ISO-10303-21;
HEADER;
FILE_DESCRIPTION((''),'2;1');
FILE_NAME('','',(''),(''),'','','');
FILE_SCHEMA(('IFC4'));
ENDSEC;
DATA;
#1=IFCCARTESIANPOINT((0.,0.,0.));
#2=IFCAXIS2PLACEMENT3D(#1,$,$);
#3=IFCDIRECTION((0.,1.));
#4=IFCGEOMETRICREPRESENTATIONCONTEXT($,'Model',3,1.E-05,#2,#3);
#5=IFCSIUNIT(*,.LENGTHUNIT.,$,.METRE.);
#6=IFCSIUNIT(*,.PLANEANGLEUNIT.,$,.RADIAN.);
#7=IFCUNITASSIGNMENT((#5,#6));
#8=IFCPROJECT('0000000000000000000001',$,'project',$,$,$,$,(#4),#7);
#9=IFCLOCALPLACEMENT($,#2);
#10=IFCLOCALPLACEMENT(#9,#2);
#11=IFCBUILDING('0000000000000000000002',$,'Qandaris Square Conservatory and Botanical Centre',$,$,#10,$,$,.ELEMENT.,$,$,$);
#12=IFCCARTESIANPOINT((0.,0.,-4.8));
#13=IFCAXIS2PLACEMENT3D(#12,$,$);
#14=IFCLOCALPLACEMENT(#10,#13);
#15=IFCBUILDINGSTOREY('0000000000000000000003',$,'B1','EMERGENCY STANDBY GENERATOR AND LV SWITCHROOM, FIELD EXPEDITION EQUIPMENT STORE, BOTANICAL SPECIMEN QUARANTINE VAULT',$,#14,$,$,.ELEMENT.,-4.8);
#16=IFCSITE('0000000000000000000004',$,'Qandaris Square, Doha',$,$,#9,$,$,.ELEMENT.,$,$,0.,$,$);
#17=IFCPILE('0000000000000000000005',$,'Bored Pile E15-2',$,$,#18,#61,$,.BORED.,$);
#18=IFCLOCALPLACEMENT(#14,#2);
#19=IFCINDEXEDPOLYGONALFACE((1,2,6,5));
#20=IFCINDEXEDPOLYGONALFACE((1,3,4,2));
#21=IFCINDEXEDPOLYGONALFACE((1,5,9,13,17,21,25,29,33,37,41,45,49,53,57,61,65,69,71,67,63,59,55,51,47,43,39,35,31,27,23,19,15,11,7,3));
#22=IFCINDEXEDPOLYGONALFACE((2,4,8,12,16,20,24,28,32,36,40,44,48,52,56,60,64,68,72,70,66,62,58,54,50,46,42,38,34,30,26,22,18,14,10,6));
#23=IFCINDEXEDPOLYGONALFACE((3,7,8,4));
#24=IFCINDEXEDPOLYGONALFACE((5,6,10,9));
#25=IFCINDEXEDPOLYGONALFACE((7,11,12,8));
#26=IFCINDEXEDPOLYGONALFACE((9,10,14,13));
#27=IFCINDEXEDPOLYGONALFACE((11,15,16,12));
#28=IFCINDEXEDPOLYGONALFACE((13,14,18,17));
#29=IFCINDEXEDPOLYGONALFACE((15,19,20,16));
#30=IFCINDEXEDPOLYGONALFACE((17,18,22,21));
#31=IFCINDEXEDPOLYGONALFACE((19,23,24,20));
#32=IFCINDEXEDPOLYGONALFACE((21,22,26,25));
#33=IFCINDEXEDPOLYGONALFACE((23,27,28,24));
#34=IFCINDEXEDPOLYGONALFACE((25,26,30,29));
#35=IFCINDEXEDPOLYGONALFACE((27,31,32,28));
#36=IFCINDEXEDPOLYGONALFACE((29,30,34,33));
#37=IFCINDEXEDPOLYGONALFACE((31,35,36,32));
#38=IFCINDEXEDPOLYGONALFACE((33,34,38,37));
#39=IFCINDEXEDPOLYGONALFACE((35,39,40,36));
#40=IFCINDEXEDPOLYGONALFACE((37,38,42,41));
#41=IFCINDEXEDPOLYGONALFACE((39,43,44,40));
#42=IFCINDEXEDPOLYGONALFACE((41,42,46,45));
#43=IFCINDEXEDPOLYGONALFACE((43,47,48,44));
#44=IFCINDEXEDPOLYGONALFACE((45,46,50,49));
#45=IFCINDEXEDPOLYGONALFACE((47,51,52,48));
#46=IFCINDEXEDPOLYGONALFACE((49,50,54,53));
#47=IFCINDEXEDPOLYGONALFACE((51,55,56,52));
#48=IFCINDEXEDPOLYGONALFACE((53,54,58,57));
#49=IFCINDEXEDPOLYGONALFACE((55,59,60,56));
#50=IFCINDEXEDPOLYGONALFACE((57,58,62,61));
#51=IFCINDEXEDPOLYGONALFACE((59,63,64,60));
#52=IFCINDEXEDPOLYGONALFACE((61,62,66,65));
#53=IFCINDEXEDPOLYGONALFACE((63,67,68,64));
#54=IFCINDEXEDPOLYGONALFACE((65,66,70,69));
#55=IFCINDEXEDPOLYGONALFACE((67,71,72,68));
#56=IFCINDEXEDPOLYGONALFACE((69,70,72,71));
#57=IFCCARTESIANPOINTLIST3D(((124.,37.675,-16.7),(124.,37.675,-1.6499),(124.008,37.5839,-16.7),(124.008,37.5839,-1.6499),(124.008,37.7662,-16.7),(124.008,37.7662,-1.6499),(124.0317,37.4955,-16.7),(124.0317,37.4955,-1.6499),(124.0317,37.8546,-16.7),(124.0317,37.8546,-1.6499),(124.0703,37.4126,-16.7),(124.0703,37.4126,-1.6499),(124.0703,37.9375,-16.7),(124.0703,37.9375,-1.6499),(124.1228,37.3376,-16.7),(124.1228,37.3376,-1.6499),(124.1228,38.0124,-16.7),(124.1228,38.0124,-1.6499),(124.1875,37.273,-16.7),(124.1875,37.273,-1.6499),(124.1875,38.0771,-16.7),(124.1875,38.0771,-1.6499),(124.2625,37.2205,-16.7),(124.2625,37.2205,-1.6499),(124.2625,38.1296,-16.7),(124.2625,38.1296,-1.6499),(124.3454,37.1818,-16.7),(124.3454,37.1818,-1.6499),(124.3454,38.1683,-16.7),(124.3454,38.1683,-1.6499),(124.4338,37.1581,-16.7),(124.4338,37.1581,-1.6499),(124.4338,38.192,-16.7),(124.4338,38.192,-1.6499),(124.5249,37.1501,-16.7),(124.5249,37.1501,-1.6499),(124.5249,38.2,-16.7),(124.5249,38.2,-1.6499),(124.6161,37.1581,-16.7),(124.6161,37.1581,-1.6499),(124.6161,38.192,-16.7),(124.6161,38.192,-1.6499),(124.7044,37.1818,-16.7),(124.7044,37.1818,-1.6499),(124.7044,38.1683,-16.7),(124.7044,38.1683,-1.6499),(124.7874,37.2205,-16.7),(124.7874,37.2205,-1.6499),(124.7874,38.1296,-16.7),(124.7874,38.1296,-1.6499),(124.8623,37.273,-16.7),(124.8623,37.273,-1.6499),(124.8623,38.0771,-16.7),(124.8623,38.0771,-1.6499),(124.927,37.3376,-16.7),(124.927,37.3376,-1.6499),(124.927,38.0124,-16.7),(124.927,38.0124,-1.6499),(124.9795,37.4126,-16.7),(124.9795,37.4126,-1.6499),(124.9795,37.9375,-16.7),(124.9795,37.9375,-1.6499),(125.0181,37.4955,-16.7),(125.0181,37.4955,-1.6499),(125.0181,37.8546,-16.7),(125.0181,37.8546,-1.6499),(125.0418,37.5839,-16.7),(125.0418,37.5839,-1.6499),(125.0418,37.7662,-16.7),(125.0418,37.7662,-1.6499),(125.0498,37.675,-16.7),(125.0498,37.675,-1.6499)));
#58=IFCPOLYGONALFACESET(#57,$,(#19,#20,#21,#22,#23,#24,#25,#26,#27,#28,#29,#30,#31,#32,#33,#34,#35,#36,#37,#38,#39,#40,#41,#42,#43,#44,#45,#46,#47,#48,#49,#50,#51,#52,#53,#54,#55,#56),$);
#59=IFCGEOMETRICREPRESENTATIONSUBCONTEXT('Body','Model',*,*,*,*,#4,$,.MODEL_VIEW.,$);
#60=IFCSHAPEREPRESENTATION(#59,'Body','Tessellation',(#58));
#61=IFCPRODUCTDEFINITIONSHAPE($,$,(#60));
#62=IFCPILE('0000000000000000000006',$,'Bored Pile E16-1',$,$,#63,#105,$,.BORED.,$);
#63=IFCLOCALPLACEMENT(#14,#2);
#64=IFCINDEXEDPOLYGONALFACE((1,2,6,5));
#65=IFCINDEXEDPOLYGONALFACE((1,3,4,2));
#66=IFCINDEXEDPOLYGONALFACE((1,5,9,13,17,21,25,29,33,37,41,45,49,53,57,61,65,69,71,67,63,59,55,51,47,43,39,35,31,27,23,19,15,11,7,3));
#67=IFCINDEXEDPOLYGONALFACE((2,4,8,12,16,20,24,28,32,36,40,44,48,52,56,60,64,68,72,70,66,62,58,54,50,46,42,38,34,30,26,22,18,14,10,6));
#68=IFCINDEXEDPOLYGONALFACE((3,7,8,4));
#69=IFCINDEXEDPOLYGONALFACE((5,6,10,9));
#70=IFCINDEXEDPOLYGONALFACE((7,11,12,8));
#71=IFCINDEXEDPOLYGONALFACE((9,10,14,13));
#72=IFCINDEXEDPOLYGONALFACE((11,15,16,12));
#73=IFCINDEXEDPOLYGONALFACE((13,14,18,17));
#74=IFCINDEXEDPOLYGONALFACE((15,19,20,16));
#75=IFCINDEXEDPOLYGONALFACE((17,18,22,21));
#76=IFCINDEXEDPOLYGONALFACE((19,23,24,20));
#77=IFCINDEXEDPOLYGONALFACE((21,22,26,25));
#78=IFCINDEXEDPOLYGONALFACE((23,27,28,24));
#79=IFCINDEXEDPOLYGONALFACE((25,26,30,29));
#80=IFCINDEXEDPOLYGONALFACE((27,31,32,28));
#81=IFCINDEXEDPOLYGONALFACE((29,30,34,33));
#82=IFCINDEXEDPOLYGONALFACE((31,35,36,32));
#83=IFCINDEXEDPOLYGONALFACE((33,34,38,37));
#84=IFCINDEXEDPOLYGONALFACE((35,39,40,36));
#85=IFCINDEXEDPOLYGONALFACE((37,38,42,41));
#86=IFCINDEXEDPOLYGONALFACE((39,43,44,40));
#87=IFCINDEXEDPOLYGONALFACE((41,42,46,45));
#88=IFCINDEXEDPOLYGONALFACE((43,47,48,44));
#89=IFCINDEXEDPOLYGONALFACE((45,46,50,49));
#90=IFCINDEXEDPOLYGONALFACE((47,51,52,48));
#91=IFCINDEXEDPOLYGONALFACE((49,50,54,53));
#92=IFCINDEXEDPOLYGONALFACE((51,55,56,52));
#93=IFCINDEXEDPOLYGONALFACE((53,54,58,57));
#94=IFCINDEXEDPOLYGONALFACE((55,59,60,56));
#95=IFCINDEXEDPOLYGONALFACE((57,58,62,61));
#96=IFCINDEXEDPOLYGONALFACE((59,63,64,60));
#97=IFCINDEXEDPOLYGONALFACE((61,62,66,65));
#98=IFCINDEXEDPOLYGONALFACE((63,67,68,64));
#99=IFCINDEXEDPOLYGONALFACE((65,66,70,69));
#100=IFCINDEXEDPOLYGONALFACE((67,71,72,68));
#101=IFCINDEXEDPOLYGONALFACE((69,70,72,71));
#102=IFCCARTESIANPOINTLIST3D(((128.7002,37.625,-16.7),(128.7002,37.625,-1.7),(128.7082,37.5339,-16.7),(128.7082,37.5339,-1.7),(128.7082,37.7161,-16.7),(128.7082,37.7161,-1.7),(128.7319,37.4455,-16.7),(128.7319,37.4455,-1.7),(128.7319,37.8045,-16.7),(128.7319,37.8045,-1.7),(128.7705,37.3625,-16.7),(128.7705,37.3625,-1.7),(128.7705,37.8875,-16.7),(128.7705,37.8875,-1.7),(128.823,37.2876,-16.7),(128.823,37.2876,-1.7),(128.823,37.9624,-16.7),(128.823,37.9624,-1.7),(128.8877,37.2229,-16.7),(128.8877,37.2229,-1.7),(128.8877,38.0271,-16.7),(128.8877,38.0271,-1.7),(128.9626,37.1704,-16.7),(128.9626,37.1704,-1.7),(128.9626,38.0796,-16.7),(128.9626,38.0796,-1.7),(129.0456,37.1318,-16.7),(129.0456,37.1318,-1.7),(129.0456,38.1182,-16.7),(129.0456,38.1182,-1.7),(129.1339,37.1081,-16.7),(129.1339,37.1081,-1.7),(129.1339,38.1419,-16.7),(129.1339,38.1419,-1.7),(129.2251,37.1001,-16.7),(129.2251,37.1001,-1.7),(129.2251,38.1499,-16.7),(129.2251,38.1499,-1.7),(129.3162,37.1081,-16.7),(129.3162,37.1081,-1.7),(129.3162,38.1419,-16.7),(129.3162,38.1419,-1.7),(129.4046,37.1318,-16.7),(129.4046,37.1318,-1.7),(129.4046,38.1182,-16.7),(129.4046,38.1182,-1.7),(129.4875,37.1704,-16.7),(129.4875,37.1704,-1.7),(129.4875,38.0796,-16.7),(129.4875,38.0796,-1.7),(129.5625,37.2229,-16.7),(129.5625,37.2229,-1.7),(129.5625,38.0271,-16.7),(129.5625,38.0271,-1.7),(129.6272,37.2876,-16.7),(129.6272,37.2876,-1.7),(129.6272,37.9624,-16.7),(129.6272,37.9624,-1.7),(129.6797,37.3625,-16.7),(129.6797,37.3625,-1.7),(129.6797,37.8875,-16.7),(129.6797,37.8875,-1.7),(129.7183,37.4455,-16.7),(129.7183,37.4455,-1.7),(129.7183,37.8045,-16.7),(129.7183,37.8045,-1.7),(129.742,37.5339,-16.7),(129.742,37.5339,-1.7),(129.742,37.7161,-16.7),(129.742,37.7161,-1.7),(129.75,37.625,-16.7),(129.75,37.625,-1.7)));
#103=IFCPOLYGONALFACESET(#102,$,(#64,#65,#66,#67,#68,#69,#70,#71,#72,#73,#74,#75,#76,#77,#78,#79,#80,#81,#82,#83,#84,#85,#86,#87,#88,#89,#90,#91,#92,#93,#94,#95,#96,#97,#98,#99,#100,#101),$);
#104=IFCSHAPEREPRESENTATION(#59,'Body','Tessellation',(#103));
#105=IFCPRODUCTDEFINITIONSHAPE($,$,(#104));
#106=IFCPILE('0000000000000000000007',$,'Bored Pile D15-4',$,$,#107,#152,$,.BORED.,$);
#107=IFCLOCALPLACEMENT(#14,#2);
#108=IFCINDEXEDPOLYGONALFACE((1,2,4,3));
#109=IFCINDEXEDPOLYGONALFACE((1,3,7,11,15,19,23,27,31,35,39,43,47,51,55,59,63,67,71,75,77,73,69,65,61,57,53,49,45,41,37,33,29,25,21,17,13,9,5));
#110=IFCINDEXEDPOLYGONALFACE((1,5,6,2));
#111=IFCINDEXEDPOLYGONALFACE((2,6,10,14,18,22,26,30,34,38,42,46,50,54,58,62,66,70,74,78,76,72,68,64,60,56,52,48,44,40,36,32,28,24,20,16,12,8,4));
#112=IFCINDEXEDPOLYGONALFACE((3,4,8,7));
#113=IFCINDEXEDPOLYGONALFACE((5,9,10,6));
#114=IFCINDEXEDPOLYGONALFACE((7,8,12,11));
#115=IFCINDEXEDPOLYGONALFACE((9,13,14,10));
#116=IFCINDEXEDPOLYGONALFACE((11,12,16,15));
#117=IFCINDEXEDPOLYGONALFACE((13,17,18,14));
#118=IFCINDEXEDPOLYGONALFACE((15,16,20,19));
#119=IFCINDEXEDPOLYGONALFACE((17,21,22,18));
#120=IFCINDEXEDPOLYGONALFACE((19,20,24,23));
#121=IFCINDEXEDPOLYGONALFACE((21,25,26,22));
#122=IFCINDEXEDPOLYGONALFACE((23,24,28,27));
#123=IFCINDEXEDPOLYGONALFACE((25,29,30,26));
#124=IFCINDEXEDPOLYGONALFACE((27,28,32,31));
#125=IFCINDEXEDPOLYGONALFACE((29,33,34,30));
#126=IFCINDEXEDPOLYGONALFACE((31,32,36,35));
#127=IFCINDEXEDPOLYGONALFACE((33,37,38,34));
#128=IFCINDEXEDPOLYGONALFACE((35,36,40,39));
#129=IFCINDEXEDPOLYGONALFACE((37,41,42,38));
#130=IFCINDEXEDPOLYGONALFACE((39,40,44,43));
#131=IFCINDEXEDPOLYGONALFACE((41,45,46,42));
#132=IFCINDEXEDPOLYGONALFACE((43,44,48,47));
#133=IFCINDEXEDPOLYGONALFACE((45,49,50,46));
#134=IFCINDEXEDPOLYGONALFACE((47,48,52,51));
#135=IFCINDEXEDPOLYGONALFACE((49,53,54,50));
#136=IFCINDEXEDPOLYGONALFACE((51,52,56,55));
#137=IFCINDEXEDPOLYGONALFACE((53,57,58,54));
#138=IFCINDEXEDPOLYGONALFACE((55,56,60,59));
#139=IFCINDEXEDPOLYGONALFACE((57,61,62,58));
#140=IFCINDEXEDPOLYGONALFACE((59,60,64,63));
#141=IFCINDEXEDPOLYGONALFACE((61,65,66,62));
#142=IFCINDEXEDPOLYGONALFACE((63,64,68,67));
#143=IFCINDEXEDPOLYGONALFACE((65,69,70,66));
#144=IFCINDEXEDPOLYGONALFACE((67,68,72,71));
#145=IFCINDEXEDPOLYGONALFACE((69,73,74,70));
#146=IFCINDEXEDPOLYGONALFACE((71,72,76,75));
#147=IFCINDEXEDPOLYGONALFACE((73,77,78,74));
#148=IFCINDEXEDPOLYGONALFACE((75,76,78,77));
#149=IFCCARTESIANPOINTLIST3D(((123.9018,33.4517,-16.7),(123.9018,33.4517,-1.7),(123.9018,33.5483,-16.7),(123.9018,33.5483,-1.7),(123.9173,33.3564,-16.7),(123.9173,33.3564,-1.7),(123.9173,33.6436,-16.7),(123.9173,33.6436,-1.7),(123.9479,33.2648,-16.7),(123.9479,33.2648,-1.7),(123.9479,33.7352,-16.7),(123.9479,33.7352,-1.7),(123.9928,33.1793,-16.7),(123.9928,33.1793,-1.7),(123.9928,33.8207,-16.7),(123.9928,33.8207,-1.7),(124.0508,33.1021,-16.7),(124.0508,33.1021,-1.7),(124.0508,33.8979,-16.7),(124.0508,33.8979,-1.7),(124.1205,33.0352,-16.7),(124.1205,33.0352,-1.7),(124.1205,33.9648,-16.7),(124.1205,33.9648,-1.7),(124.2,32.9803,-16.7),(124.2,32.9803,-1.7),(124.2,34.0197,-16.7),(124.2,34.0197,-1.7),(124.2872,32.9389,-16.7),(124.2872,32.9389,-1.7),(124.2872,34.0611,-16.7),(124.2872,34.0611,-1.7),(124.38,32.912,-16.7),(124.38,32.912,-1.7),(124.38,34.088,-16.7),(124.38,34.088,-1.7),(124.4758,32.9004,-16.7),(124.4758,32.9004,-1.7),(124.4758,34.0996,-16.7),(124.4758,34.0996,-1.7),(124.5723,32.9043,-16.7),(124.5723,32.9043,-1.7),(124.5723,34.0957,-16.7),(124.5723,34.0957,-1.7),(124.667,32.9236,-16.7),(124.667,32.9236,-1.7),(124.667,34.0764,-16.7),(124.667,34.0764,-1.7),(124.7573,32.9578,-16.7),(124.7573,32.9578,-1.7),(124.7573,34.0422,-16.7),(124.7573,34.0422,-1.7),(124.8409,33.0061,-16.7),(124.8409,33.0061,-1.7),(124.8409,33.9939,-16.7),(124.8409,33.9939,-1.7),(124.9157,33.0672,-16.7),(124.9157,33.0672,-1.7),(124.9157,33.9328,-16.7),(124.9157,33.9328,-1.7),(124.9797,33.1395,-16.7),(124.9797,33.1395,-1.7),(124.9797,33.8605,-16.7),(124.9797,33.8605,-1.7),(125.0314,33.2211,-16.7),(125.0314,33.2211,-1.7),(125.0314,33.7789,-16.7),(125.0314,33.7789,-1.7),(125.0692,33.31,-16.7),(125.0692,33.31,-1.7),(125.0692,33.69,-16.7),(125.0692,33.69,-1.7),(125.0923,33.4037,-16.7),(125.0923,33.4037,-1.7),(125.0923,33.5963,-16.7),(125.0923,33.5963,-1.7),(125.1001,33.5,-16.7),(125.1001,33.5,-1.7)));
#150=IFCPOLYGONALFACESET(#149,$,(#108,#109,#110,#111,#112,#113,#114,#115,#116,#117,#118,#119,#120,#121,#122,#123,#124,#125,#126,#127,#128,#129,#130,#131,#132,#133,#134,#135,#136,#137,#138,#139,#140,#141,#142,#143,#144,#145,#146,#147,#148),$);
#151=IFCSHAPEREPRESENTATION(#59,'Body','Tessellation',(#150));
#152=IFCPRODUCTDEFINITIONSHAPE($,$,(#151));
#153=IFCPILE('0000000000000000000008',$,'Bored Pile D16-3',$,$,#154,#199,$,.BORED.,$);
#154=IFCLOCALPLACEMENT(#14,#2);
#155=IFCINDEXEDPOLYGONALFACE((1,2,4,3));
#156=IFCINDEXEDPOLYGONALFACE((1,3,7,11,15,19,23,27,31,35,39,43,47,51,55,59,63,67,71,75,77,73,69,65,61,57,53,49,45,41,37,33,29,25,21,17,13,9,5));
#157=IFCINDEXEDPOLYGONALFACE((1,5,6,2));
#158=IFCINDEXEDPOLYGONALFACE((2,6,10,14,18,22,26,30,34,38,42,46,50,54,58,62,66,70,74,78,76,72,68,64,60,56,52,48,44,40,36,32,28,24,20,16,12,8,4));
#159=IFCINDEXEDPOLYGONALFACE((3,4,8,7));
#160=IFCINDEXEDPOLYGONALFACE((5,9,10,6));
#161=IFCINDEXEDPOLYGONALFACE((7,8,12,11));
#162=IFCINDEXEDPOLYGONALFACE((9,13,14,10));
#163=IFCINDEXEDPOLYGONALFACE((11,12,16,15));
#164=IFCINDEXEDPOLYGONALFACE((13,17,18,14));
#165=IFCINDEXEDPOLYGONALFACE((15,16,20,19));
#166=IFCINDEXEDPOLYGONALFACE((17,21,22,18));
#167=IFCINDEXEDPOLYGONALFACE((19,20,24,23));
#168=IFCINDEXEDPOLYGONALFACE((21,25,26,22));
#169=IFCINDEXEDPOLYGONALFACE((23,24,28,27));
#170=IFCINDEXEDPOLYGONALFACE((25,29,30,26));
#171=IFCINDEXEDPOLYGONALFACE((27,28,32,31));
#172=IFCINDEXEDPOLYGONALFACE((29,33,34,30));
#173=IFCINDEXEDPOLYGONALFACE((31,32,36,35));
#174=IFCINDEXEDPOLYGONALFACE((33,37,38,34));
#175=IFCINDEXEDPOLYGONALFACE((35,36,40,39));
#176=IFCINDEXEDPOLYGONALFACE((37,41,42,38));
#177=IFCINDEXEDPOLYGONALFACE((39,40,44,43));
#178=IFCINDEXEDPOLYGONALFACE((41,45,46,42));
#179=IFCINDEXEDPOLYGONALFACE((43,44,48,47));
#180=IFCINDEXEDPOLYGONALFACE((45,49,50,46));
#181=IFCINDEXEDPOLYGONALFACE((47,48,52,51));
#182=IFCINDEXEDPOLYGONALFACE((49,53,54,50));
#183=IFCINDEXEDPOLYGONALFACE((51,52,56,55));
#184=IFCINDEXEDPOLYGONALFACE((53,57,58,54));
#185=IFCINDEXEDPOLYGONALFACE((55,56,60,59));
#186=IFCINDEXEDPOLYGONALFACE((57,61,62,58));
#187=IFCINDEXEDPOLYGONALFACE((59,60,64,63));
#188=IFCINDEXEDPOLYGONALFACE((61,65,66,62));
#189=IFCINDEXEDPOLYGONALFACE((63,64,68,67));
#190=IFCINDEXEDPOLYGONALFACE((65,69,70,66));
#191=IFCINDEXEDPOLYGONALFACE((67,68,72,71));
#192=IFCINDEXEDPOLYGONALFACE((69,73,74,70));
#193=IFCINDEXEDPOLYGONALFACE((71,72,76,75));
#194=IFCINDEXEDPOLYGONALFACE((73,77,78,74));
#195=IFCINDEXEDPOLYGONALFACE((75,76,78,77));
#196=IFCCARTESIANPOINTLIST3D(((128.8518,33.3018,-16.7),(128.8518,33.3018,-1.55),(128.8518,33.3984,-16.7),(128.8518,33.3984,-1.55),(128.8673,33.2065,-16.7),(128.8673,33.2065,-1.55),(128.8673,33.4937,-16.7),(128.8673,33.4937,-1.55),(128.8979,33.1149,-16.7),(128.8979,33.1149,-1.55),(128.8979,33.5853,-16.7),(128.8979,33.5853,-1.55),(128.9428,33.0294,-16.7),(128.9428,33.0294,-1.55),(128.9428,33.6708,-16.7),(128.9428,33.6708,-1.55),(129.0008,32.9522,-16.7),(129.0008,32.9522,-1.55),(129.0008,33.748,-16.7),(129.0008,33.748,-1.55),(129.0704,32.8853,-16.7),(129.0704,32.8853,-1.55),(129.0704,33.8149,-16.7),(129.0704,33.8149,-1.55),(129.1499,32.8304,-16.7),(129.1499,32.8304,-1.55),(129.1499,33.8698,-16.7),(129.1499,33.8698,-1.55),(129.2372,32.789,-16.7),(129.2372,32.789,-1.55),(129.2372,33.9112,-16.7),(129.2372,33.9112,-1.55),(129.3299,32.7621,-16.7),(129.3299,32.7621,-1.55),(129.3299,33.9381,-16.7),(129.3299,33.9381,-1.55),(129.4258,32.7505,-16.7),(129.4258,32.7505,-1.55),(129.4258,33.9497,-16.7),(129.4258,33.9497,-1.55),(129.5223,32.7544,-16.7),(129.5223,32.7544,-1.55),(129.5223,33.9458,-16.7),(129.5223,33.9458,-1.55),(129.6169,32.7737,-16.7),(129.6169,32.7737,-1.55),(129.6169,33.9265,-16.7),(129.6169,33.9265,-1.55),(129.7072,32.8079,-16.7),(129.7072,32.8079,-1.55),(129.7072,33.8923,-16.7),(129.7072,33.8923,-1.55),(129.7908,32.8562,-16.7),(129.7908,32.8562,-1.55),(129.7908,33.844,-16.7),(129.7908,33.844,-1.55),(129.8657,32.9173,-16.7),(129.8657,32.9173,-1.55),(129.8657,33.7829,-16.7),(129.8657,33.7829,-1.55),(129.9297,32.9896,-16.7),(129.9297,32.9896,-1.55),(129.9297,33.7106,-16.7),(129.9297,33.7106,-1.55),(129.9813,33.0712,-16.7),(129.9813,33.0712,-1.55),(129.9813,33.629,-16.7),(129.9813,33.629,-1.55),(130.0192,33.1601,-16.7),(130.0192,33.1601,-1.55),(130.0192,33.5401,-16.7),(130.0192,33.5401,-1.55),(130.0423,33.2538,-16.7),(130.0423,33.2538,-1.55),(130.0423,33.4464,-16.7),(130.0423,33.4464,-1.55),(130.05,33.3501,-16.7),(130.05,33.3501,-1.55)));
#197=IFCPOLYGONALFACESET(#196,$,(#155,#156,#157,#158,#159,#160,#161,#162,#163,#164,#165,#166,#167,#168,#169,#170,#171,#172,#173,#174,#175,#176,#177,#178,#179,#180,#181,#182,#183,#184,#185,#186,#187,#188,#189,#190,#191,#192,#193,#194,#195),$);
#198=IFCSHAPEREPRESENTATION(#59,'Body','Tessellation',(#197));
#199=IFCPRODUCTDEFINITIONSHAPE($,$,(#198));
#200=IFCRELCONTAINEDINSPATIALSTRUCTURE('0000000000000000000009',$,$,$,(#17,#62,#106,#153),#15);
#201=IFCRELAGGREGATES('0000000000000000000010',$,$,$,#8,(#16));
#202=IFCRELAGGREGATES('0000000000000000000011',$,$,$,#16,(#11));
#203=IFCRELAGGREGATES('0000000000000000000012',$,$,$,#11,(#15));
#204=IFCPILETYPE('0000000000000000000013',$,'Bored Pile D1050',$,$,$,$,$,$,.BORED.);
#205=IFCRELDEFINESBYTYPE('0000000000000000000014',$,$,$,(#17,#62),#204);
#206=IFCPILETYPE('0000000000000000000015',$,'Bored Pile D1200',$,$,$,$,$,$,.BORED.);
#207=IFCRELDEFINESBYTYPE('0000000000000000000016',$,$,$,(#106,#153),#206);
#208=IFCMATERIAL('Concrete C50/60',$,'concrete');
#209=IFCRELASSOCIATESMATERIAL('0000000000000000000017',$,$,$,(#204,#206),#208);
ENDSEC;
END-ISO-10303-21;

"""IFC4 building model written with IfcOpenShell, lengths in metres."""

from ifc_helpers import new_model, si_unit, direction, frame, origin, origin_2d, place, context, subcontext, project, spatial, circle, extrude, material, material_profile, profile_set, type_object, element, save


model = new_model("IFC4")

# Units and contexts
model_context = context("Model", 3, precision=1e-05, world=origin(), true_north=direction((0.0, 1.0)))
body_context = subcontext(model_context, "Body", "Model", "MODEL_VIEW")
ifc_project = project(units=[si_unit("LENGTHUNIT", "METRE"), si_unit("PLANEANGLEUNIT", "RADIAN")], contexts=[model_context])

# Site, building, storey
site_placement = place(None, origin())
site = spatial("IfcSite", under=ifc_project, at=site_placement, Name="Qandaris Square, Doha", CompositionType="ELEMENT", RefElevation=0.0)
building_placement = place(site_placement, origin())
building = spatial("IfcBuilding", under=site, at=building_placement, Name="Qandaris Square Conservatory and Botanical Centre", CompositionType="ELEMENT")
storey_placement = place(building_placement, frame((0.0, 0.0, -4.8)))
storey = spatial("IfcBuildingStorey", under=building, at=storey_placement, Name="B1", Description="EMERGENCY STANDBY GENERATOR AND LV SWITCHROOM, FIELD EXPEDITION EQUIPMENT STORE, BOTANICAL SPECIMEN QUARANTINE VAULT", CompositionType="ELEMENT", Elevation=-4.8)

# Piles
ifc_material_1 = material(Name="Concrete C50/60", Category="concrete")
ifc_material_profile_1 = material_profile(ifc_material_1, circle(Radius=0.5249, at=origin_2d()), Name="PILE D1050")
ifc_profile_set_1 = profile_set([ifc_material_profile_1], Name="Concrete C50/60")
pile_type_1 = type_object("IfcPileType", Name="Bored Pile D1050", PredefinedType="BORED", material=ifc_profile_set_1)
pile_1_placement = place(storey_placement, frame((124.5249, 37.675, -1.6499), z_axis=(0.0, 0.0, -1.0), x_axis=(1.0, 0.0, 0.0)))
element("IfcPile", 1, at=pile_1_placement, inside=storey, type_object=pile_type_1, Name="Bored Pile E15-2", PredefinedType="BORED", context=body_context, shape_type="SweptSolid", body=[
    extrude(circle(Radius=0.5249, at=origin_2d()), origin(), (0.0, 0.0, 1.0), 15.05),
])
pile_2_placement = place(storey_placement, frame((129.2251, 37.625, -1.7), z_axis=(0.0, 0.0, -1.0), x_axis=(1.0, 0.0, 0.0)))
element("IfcPile", 2, at=pile_2_placement, inside=storey, type_object=pile_type_1, Name="Bored Pile E16-1", PredefinedType="BORED", context=body_context, shape_type="SweptSolid", body=[
    extrude(circle(Radius=0.5249, at=origin_2d()), origin(), (0.0, 0.0, 1.0), 15.0),
])
ifc_material_profile_2 = material_profile(ifc_material_1, circle(Radius=0.6001, at=origin_2d()), Name="PILE D1200")
ifc_profile_set_2 = profile_set([ifc_material_profile_2], Name="Concrete C50/60")
pile_type_2 = type_object("IfcPileType", Name="Bored Pile D1200", PredefinedType="BORED", material=ifc_profile_set_2)
pile_3_placement = place(storey_placement, frame((124.5, 33.5, -1.7), z_axis=(0.0, 0.0, -1.0), x_axis=(1.0, 0.0, 0.0)))
element("IfcPile", 3, at=pile_3_placement, inside=storey, type_object=pile_type_2, Name="Bored Pile D15-4", PredefinedType="BORED", context=body_context, shape_type="SweptSolid", body=[
    extrude(circle(Radius=0.6001, at=origin_2d()), origin(), (0.0, 0.0, 1.0), 15.0),
])
pile_4_placement = place(storey_placement, frame((129.45, 33.3501, -1.55), z_axis=(0.0, 0.0, -1.0), x_axis=(1.0, 0.0, 0.0)))
element("IfcPile", 4, at=pile_4_placement, inside=storey, type_object=pile_type_2, Name="Bored Pile D16-3", PredefinedType="BORED", context=body_context, shape_type="SweptSolid", body=[
    extrude(circle(Radius=0.6001, at=origin_2d()), origin(), (0.0, 0.0, 1.0), 15.1499),
])

save(model, "model.ifc")
